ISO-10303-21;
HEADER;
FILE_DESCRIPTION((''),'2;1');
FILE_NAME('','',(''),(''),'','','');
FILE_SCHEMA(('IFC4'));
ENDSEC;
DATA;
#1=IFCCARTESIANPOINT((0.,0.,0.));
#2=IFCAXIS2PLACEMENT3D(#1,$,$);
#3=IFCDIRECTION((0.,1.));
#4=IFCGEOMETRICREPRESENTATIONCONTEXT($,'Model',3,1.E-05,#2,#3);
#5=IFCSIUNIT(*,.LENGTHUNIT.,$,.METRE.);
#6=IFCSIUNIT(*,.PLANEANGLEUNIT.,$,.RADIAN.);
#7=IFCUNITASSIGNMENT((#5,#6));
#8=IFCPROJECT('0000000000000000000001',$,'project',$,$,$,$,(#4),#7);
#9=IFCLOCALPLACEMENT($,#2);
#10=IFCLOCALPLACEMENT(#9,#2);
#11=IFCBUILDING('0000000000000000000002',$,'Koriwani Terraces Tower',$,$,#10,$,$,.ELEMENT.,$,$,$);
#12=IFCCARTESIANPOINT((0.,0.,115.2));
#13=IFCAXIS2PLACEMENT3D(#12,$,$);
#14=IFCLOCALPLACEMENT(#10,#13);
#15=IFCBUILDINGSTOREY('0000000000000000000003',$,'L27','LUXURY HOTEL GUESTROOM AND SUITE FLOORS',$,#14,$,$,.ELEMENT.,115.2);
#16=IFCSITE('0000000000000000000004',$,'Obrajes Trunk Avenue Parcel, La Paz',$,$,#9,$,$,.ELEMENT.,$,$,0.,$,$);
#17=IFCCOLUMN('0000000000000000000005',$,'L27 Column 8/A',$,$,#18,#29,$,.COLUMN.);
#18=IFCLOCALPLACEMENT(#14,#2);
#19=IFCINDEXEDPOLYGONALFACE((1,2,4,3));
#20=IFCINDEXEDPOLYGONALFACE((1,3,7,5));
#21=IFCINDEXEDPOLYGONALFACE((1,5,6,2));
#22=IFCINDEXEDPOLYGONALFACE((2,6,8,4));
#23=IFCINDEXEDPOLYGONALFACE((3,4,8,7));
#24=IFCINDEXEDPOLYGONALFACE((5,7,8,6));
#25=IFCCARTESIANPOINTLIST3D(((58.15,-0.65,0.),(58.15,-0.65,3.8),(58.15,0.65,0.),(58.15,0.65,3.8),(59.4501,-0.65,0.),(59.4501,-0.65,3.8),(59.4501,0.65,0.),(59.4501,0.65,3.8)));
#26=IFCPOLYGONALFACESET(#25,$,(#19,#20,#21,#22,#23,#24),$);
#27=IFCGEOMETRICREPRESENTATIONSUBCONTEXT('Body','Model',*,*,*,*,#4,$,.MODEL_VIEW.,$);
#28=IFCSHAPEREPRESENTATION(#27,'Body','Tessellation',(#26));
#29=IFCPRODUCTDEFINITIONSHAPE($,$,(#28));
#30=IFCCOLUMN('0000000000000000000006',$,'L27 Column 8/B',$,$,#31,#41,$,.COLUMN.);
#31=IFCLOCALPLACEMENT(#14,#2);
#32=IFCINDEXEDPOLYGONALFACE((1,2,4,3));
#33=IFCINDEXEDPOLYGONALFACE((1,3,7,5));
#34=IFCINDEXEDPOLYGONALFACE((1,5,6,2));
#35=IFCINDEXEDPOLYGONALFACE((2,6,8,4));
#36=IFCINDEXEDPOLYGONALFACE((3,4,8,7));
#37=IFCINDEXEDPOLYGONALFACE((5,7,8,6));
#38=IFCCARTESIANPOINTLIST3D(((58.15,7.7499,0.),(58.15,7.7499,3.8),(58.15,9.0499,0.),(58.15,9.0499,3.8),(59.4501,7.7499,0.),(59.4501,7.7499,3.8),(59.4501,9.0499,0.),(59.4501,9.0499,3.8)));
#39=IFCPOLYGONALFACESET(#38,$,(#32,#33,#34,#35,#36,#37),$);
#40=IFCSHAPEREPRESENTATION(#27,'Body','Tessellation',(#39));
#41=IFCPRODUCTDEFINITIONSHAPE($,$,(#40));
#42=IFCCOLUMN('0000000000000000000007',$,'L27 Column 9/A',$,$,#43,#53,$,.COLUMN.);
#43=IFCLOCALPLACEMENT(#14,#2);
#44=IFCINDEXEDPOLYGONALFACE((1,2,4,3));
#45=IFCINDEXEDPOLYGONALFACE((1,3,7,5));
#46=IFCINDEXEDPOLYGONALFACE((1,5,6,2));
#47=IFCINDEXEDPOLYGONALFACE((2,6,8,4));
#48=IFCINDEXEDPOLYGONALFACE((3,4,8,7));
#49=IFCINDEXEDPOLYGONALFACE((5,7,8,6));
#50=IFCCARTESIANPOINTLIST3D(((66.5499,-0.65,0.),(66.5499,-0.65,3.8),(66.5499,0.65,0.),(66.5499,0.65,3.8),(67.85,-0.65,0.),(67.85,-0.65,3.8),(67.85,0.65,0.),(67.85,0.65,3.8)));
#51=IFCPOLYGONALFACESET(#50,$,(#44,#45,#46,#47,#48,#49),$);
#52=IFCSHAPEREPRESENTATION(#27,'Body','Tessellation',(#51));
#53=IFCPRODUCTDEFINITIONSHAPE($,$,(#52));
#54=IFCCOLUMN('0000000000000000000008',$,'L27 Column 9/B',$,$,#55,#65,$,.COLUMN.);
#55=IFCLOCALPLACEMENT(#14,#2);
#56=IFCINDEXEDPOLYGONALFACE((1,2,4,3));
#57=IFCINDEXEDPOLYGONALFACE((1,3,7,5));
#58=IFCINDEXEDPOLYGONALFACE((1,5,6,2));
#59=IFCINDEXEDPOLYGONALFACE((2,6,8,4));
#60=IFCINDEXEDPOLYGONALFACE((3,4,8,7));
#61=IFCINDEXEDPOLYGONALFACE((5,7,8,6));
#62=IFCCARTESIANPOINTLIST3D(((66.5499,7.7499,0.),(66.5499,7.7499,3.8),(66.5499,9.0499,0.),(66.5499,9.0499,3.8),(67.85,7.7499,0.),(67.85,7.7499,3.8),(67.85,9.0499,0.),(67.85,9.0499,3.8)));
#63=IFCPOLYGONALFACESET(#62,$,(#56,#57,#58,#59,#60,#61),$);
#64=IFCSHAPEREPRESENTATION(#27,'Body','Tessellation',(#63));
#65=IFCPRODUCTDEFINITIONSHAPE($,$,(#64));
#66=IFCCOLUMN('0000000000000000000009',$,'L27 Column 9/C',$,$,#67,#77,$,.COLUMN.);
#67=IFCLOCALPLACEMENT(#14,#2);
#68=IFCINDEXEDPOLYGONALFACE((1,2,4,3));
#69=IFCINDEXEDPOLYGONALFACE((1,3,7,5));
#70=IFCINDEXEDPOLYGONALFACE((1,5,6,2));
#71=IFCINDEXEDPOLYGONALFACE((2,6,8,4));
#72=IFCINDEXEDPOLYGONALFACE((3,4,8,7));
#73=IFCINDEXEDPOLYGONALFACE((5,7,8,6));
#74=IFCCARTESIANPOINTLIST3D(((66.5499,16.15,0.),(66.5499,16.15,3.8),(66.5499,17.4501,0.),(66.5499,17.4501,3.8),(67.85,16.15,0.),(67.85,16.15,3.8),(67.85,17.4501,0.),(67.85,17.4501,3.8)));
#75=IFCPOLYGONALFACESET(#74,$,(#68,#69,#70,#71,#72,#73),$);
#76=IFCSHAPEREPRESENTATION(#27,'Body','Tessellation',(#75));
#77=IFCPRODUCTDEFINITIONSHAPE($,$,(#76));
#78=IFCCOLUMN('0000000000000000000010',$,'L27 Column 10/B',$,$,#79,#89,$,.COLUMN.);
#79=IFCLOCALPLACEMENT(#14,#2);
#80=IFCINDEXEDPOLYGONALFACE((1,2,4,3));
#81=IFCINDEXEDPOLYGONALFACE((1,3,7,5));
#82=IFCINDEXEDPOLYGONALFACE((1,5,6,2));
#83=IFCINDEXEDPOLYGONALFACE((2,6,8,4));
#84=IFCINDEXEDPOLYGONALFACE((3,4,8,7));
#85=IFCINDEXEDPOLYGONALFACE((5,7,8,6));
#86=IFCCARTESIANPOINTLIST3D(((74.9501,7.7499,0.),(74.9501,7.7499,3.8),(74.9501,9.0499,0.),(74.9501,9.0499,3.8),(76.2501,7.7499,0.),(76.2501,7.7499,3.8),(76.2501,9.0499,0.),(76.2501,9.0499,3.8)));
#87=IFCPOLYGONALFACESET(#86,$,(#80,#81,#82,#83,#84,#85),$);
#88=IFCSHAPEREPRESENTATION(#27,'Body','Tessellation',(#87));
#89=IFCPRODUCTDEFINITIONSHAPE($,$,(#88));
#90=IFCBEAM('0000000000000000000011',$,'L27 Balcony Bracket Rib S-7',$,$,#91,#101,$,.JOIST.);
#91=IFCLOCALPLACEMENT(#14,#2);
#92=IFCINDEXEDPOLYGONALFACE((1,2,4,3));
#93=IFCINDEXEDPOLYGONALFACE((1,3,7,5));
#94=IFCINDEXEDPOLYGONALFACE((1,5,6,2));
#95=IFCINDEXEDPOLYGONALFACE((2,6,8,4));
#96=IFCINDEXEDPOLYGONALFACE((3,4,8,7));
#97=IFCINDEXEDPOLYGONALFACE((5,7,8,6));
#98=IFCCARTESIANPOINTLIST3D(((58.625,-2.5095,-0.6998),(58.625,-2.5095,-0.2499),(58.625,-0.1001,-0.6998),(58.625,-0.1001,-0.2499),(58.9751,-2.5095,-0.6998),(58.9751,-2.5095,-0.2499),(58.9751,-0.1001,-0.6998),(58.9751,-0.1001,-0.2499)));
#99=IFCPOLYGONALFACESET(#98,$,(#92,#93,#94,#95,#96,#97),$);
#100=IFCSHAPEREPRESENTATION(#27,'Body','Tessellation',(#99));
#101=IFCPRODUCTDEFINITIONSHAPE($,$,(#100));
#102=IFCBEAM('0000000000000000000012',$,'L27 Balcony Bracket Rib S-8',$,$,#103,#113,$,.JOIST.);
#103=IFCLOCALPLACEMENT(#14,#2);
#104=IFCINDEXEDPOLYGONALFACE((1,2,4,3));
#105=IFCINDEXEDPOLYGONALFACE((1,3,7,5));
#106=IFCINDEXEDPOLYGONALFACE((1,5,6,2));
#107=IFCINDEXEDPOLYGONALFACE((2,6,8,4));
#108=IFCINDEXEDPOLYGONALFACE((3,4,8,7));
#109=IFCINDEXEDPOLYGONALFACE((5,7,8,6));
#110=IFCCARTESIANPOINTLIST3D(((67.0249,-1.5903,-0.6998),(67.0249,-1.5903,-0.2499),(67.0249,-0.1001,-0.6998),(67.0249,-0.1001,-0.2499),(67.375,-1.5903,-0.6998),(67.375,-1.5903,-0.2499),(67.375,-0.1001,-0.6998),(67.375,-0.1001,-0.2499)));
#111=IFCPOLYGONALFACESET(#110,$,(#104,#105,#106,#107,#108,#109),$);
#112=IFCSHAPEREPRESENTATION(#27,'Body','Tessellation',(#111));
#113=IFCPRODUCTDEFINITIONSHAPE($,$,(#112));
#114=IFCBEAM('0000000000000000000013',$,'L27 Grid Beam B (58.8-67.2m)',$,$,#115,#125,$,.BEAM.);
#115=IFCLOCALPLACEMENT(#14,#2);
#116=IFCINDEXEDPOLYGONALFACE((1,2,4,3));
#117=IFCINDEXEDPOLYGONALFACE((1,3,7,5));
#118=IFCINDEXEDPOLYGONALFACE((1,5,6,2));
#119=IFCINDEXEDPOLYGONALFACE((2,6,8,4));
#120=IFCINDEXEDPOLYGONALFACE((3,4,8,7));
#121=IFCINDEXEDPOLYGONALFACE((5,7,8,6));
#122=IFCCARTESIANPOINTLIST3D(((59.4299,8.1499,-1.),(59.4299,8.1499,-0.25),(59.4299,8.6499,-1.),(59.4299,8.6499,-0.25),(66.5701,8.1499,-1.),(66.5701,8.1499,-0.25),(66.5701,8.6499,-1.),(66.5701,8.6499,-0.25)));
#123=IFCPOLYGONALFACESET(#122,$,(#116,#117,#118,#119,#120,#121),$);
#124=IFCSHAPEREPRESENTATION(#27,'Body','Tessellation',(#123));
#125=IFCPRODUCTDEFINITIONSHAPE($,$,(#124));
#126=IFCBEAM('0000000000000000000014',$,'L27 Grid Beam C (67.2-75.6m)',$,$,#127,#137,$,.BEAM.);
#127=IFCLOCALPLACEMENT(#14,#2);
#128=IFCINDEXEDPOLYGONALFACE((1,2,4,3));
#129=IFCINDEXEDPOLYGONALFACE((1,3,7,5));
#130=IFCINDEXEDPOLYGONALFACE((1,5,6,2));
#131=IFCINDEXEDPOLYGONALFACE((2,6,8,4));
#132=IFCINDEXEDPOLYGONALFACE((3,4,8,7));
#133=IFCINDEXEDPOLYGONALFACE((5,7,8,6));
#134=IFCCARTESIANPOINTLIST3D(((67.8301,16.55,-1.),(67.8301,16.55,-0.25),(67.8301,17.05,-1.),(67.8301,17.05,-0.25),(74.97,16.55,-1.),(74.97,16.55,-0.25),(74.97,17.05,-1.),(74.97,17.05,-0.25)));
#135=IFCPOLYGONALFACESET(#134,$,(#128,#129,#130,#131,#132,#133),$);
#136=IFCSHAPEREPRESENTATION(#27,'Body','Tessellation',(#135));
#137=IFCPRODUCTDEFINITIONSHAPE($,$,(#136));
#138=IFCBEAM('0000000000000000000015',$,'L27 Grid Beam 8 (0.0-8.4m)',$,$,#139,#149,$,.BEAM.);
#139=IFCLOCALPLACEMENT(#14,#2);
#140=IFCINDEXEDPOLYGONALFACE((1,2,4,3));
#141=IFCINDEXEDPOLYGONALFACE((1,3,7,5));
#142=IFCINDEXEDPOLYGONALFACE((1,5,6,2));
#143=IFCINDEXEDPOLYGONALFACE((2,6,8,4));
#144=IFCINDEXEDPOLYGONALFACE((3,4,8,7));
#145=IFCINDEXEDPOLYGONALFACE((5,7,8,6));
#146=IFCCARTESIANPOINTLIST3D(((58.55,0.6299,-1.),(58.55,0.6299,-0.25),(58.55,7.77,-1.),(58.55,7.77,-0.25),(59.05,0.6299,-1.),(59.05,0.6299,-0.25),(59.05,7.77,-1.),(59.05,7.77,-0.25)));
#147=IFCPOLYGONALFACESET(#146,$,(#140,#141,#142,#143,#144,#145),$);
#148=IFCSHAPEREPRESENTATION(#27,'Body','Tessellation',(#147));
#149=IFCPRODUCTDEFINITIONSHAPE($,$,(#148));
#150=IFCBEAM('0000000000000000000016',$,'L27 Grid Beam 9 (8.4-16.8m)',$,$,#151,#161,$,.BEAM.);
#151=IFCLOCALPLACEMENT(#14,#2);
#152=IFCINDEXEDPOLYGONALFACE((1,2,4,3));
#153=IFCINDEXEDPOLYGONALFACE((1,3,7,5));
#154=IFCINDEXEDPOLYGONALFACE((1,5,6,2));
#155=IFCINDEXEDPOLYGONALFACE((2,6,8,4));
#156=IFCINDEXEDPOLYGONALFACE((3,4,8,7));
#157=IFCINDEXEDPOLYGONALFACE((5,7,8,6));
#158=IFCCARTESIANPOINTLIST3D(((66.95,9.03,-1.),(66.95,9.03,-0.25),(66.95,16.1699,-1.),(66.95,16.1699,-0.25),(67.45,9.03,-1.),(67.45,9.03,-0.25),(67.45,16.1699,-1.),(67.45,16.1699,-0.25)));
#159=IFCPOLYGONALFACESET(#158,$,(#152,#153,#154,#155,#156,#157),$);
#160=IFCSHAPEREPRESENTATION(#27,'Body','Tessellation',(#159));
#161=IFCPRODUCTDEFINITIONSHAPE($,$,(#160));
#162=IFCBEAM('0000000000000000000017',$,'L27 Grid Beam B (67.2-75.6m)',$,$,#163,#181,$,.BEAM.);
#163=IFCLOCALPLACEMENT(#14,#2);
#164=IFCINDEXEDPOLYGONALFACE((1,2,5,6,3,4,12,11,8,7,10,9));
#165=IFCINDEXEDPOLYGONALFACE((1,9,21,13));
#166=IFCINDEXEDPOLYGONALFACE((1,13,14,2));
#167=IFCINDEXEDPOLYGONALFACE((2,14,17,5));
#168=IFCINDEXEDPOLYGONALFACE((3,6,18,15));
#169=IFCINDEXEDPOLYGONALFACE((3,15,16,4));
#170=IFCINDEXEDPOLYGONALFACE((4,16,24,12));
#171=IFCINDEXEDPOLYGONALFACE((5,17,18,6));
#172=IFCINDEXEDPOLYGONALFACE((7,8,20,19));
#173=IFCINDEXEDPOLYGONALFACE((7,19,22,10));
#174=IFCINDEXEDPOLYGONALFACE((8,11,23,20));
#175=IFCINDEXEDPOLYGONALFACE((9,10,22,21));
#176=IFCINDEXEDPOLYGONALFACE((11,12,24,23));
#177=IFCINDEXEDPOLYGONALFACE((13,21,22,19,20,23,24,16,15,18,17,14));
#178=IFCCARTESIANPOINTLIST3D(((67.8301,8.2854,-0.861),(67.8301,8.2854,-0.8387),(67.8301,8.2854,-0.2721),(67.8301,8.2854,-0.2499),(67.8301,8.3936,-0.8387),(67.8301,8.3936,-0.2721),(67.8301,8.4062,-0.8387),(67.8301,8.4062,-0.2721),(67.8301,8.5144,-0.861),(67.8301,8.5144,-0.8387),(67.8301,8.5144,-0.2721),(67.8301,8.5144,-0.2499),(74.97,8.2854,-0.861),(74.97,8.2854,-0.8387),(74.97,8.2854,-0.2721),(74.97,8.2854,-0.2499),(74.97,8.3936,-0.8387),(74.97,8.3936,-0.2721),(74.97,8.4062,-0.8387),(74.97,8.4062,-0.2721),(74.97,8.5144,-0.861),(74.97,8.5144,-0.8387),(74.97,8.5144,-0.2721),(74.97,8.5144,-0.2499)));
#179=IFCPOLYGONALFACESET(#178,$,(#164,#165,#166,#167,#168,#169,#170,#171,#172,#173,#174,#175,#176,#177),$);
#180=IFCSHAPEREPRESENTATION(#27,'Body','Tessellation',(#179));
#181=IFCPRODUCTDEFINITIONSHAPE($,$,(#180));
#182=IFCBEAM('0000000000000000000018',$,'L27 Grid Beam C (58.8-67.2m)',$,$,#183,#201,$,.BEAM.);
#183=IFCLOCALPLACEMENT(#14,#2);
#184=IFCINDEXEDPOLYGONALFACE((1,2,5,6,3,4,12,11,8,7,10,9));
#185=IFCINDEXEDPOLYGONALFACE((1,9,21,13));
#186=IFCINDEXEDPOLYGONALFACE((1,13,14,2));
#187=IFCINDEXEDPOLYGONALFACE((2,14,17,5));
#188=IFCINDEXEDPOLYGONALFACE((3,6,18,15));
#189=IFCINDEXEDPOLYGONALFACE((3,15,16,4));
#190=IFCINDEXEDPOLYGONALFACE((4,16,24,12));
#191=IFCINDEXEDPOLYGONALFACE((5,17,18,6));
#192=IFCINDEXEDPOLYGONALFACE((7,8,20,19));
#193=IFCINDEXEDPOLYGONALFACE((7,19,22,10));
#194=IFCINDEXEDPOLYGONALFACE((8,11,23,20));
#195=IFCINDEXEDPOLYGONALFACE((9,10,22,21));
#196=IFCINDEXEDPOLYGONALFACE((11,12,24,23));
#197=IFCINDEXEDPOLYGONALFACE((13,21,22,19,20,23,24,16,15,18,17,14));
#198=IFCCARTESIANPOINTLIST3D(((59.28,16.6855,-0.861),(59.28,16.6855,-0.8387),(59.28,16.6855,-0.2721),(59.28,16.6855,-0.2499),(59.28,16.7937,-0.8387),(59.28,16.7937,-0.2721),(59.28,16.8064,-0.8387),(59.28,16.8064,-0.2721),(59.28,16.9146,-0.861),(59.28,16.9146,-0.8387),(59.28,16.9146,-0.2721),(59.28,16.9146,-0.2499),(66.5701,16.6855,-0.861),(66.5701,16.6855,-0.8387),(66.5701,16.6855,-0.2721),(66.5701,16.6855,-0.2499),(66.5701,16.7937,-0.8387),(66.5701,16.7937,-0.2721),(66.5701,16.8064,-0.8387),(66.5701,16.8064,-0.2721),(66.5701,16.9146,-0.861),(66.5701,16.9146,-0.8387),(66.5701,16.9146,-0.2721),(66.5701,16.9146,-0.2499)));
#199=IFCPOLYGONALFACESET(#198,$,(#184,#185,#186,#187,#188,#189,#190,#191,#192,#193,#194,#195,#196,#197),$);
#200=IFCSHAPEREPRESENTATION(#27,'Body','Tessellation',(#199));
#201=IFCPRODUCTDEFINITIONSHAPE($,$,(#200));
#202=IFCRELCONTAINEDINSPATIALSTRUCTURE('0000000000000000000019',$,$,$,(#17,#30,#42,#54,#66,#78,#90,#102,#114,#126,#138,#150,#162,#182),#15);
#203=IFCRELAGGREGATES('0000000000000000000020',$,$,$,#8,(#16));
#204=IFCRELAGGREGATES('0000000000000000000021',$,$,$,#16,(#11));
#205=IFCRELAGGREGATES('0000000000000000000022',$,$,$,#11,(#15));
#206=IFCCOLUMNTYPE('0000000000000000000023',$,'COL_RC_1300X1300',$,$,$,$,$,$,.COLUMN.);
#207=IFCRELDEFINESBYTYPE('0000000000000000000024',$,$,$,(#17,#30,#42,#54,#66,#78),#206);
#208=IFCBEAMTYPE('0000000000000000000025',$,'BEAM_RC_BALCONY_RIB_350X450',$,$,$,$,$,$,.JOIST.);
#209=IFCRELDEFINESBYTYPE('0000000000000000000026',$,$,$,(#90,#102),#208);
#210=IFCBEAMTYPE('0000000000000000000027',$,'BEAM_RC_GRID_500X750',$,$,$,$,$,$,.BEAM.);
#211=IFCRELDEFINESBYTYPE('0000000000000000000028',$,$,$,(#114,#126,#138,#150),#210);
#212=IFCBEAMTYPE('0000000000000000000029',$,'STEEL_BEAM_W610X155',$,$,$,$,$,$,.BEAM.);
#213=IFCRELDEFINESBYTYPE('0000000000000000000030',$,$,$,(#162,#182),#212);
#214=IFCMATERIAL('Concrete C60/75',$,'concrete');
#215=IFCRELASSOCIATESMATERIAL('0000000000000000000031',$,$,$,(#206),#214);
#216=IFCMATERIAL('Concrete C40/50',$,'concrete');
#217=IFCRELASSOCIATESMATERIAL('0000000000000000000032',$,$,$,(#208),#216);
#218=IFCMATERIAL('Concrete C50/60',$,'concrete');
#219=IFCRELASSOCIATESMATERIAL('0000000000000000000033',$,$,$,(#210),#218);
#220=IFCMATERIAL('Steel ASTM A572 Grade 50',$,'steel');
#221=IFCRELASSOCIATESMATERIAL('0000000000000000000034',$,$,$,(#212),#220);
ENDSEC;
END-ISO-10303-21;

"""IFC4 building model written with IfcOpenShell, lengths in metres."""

from ifc_helpers import new_model, si_unit, direction, frame, origin, origin_2d, place, context, subcontext, project, spatial, rectangle, i_section, extrude, material, material_profile, profile_set, type_object, element, save


model = new_model("IFC4")

# Units and contexts
model_context = context("Model", 3, precision=1e-05, world=origin(), true_north=direction((0.0, 1.0)))
body_context = subcontext(model_context, "Body", "Model", "MODEL_VIEW")
ifc_project = project(units=[si_unit("LENGTHUNIT", "METRE"), si_unit("PLANEANGLEUNIT", "RADIAN")], contexts=[model_context])

# Site, building, storey
site_placement = place(None, origin())
site = spatial("IfcSite", under=ifc_project, at=site_placement, Name="Obrajes Trunk Avenue Parcel, La Paz", CompositionType="ELEMENT", RefElevation=0.0)
building_placement = place(site_placement, origin())
building = spatial("IfcBuilding", under=site, at=building_placement, Name="Koriwani Terraces Tower", CompositionType="ELEMENT")
storey_placement = place(building_placement, frame((0.0, 0.0, 115.2)))
storey = spatial("IfcBuildingStorey", under=building, at=storey_placement, Name="L27", Description="LUXURY HOTEL GUESTROOM AND SUITE FLOORS", CompositionType="ELEMENT", Elevation=115.2)

# Columns
ifc_material_1 = material(Name="Concrete C60/75", Category="concrete")
ifc_material_profile_1 = material_profile(ifc_material_1, rectangle(XDim=1.3, YDim=1.3, at=origin_2d()), Name="Concrete C60/75", Category="LoadBearing")
ifc_profile_set_1 = profile_set([ifc_material_profile_1], Name="Concrete C60/75")
column_type = type_object("IfcColumnType", Name="COL_RC_1300X1300", PredefinedType="COLUMN", material=ifc_profile_set_1)
for number, where, z_axis, x_axis, name in (
    (1, (58.8, 0.0, 0.0), (0.0, 0.0, 1.0), (1.0, 0.0, 0.0), "L27 Column 8/A"),
    (2, (58.8, 8.3999, 0.0), (0.0, 0.0, 1.0), (1.0, 0.0, 0.0), "L27 Column 8/B"),
    (3, (67.2, 0.0, 0.0), (0.0, 0.0, 1.0), (1.0, 0.0, 0.0), "L27 Column 9/A"),
    (4, (67.2, 8.3999, 0.0), (0.0, 0.0, 1.0), (1.0, 0.0, 0.0), "L27 Column 9/B"),
    (5, (67.2, 16.8, 0.0), (0.0, 0.0, 1.0), (1.0, 0.0, 0.0), "L27 Column 9/C"),
    (6, (75.6001, 8.3999, 0.0), (0.0, 0.0, 1.0), (1.0, 0.0, 0.0), "L27 Column 10/B"),
):
    element("IfcColumn", number, at=place(storey_placement, frame(where, z_axis=z_axis, x_axis=x_axis)), inside=storey, type_object=column_type, Name=name, PredefinedType="COLUMN", context=body_context, shape_type="SweptSolid", body=[
        extrude(rectangle(XDim=1.3, YDim=1.3, at=origin_2d()), origin(), (0.0, 0.0, 1.0), 3.8),
    ])

# Beams
ifc_material_2 = material(Name="Concrete C40/50", Category="concrete")
ifc_material_profile_2 = material_profile(ifc_material_2, rectangle(XDim=0.3501, YDim=0.45, at=origin_2d()), Name="Concrete C40/50", Category="LoadBearing")
ifc_profile_set_2 = profile_set([ifc_material_profile_2], Name="Concrete C40/50")
beam_type_1 = type_object("IfcBeamType", Name="BEAM_RC_BALCONY_RIB_350X450", PredefinedType="JOIST", material=ifc_profile_set_2)
beam_1_placement = place(storey_placement, frame((58.8, -2.5095, -0.4749), z_axis=(0.0, 1.0, 0.0), x_axis=(-1.0, 0.0, 0.0)))
element("IfcBeam", 7, at=beam_1_placement, inside=storey, type_object=beam_type_1, Name="L27 Balcony Bracket Rib S-7", PredefinedType="JOIST", context=body_context, shape_type="SweptSolid", body=[
    extrude(rectangle(XDim=0.3501, YDim=0.45, at=origin_2d()), origin(), (0.0, 0.0, 1.0), 2.4094),
])
beam_2_placement = place(storey_placement, frame((67.2, -1.5903, -0.4749), z_axis=(0.0, 1.0, 0.0), x_axis=(-1.0, 0.0, 0.0)))
element("IfcBeam", 8, at=beam_2_placement, inside=storey, type_object=beam_type_1, Name="L27 Balcony Bracket Rib S-8", PredefinedType="JOIST", context=body_context, shape_type="SweptSolid", body=[
    extrude(rectangle(XDim=0.3501, YDim=0.45, at=origin_2d()), origin(), (0.0, 0.0, 1.0), 1.4902),
])
ifc_material_3 = material(Name="Concrete C50/60", Category="concrete")
ifc_material_profile_3 = material_profile(ifc_material_3, rectangle(XDim=0.5, YDim=0.75, at=origin_2d()), Name="Concrete C50/60", Category="LoadBearing")
ifc_profile_set_3 = profile_set([ifc_material_profile_3], Name="Concrete C50/60")
beam_type_2 = type_object("IfcBeamType", Name="BEAM_RC_GRID_500X750", PredefinedType="BEAM", material=ifc_profile_set_3)
beam_3_placement = place(storey_placement, frame((59.4299, 8.3999, -0.625), z_axis=(1.0, 0.0, 0.0), x_axis=(0.0, 1.0, 0.0)))
element("IfcBeam", 9, at=beam_3_placement, inside=storey, type_object=beam_type_2, Name="L27 Grid Beam B (58.8-67.2m)", PredefinedType="BEAM", context=body_context, shape_type="SweptSolid", body=[
    extrude(rectangle(XDim=0.5, YDim=0.75, at=origin_2d()), origin(), (0.0, 0.0, 1.0), 7.1401),
])
beam_4_placement = place(storey_placement, frame((67.8301, 16.8, -0.625), z_axis=(1.0, 0.0, 0.0), x_axis=(0.0, 1.0, 0.0)))
element("IfcBeam", 10, at=beam_4_placement, inside=storey, type_object=beam_type_2, Name="L27 Grid Beam C (67.2-75.6m)", PredefinedType="BEAM", context=body_context, shape_type="SweptSolid", body=[
    extrude(rectangle(XDim=0.5, YDim=0.75, at=origin_2d()), origin(), (0.0, 0.0, 1.0), 7.1399),
])
beam_5_placement = place(storey_placement, frame((58.8, 0.6299, -0.625), z_axis=(0.0, 1.0, 0.0), x_axis=(-1.0, 0.0, 0.0)))
element("IfcBeam", 11, at=beam_5_placement, inside=storey, type_object=beam_type_2, Name="L27 Grid Beam 8 (0.0-8.4m)", PredefinedType="BEAM", context=body_context, shape_type="SweptSolid", body=[
    extrude(rectangle(XDim=0.5, YDim=0.75, at=origin_2d()), origin(), (0.0, 0.0, 1.0), 7.1401),
])
beam_6_placement = place(storey_placement, frame((67.2, 9.03, -0.625), z_axis=(0.0, 1.0, 0.0), x_axis=(-1.0, 0.0, 0.0)))
element("IfcBeam", 12, at=beam_6_placement, inside=storey, type_object=beam_type_2, Name="L27 Grid Beam 9 (8.4-16.8m)", PredefinedType="BEAM", context=body_context, shape_type="SweptSolid", body=[
    extrude(rectangle(XDim=0.5, YDim=0.75, at=origin_2d()), origin(), (0.0, 0.0, 1.0), 7.1399),
])
ifc_material_4 = material(Name="Steel ASTM A572 Grade 50", Category="steel")
ifc_material_profile_4 = material_profile(ifc_material_4, i_section(OverallWidth=0.229, OverallDepth=0.6111, WebThickness=0.0127, FlangeThickness=0.0222, at=origin_2d()), Name="Steel ASTM A572 Grade 50", Category="LoadBearing")
ifc_profile_set_4 = profile_set([ifc_material_profile_4], Name="Steel ASTM A572 Grade 50")
beam_type_3 = type_object("IfcBeamType", Name="STEEL_BEAM_W610X155", PredefinedType="BEAM", material=ifc_profile_set_4)
beam_7_placement = place(storey_placement, frame((67.8301, 8.3999, -0.5554), z_axis=(1.0, 0.0, 0.0), x_axis=(0.0, 1.0, 0.0)))
element("IfcBeam", 13, at=beam_7_placement, inside=storey, type_object=beam_type_3, Name="L27 Grid Beam B (67.2-75.6m)", PredefinedType="BEAM", context=body_context, shape_type="SweptSolid", body=[
    extrude(i_section(OverallWidth=0.229, OverallDepth=0.6111, WebThickness=0.0127, FlangeThickness=0.0222, at=origin_2d()), origin(), (0.0, 0.0, 1.0), 7.1399),
])
beam_8_placement = place(storey_placement, frame((59.28, 16.8, -0.5554), z_axis=(1.0, 0.0, 0.0), x_axis=(0.0, 1.0, 0.0)))
element("IfcBeam", 14, at=beam_8_placement, inside=storey, type_object=beam_type_3, Name="L27 Grid Beam C (58.8-67.2m)", PredefinedType="BEAM", context=body_context, shape_type="SweptSolid", body=[
    extrude(i_section(OverallWidth=0.229, OverallDepth=0.6111, WebThickness=0.0127, FlangeThickness=0.0222, at=origin_2d()), origin(), (0.0, 0.0, 1.0), 7.29),
])

save(model, "model.ifc")
